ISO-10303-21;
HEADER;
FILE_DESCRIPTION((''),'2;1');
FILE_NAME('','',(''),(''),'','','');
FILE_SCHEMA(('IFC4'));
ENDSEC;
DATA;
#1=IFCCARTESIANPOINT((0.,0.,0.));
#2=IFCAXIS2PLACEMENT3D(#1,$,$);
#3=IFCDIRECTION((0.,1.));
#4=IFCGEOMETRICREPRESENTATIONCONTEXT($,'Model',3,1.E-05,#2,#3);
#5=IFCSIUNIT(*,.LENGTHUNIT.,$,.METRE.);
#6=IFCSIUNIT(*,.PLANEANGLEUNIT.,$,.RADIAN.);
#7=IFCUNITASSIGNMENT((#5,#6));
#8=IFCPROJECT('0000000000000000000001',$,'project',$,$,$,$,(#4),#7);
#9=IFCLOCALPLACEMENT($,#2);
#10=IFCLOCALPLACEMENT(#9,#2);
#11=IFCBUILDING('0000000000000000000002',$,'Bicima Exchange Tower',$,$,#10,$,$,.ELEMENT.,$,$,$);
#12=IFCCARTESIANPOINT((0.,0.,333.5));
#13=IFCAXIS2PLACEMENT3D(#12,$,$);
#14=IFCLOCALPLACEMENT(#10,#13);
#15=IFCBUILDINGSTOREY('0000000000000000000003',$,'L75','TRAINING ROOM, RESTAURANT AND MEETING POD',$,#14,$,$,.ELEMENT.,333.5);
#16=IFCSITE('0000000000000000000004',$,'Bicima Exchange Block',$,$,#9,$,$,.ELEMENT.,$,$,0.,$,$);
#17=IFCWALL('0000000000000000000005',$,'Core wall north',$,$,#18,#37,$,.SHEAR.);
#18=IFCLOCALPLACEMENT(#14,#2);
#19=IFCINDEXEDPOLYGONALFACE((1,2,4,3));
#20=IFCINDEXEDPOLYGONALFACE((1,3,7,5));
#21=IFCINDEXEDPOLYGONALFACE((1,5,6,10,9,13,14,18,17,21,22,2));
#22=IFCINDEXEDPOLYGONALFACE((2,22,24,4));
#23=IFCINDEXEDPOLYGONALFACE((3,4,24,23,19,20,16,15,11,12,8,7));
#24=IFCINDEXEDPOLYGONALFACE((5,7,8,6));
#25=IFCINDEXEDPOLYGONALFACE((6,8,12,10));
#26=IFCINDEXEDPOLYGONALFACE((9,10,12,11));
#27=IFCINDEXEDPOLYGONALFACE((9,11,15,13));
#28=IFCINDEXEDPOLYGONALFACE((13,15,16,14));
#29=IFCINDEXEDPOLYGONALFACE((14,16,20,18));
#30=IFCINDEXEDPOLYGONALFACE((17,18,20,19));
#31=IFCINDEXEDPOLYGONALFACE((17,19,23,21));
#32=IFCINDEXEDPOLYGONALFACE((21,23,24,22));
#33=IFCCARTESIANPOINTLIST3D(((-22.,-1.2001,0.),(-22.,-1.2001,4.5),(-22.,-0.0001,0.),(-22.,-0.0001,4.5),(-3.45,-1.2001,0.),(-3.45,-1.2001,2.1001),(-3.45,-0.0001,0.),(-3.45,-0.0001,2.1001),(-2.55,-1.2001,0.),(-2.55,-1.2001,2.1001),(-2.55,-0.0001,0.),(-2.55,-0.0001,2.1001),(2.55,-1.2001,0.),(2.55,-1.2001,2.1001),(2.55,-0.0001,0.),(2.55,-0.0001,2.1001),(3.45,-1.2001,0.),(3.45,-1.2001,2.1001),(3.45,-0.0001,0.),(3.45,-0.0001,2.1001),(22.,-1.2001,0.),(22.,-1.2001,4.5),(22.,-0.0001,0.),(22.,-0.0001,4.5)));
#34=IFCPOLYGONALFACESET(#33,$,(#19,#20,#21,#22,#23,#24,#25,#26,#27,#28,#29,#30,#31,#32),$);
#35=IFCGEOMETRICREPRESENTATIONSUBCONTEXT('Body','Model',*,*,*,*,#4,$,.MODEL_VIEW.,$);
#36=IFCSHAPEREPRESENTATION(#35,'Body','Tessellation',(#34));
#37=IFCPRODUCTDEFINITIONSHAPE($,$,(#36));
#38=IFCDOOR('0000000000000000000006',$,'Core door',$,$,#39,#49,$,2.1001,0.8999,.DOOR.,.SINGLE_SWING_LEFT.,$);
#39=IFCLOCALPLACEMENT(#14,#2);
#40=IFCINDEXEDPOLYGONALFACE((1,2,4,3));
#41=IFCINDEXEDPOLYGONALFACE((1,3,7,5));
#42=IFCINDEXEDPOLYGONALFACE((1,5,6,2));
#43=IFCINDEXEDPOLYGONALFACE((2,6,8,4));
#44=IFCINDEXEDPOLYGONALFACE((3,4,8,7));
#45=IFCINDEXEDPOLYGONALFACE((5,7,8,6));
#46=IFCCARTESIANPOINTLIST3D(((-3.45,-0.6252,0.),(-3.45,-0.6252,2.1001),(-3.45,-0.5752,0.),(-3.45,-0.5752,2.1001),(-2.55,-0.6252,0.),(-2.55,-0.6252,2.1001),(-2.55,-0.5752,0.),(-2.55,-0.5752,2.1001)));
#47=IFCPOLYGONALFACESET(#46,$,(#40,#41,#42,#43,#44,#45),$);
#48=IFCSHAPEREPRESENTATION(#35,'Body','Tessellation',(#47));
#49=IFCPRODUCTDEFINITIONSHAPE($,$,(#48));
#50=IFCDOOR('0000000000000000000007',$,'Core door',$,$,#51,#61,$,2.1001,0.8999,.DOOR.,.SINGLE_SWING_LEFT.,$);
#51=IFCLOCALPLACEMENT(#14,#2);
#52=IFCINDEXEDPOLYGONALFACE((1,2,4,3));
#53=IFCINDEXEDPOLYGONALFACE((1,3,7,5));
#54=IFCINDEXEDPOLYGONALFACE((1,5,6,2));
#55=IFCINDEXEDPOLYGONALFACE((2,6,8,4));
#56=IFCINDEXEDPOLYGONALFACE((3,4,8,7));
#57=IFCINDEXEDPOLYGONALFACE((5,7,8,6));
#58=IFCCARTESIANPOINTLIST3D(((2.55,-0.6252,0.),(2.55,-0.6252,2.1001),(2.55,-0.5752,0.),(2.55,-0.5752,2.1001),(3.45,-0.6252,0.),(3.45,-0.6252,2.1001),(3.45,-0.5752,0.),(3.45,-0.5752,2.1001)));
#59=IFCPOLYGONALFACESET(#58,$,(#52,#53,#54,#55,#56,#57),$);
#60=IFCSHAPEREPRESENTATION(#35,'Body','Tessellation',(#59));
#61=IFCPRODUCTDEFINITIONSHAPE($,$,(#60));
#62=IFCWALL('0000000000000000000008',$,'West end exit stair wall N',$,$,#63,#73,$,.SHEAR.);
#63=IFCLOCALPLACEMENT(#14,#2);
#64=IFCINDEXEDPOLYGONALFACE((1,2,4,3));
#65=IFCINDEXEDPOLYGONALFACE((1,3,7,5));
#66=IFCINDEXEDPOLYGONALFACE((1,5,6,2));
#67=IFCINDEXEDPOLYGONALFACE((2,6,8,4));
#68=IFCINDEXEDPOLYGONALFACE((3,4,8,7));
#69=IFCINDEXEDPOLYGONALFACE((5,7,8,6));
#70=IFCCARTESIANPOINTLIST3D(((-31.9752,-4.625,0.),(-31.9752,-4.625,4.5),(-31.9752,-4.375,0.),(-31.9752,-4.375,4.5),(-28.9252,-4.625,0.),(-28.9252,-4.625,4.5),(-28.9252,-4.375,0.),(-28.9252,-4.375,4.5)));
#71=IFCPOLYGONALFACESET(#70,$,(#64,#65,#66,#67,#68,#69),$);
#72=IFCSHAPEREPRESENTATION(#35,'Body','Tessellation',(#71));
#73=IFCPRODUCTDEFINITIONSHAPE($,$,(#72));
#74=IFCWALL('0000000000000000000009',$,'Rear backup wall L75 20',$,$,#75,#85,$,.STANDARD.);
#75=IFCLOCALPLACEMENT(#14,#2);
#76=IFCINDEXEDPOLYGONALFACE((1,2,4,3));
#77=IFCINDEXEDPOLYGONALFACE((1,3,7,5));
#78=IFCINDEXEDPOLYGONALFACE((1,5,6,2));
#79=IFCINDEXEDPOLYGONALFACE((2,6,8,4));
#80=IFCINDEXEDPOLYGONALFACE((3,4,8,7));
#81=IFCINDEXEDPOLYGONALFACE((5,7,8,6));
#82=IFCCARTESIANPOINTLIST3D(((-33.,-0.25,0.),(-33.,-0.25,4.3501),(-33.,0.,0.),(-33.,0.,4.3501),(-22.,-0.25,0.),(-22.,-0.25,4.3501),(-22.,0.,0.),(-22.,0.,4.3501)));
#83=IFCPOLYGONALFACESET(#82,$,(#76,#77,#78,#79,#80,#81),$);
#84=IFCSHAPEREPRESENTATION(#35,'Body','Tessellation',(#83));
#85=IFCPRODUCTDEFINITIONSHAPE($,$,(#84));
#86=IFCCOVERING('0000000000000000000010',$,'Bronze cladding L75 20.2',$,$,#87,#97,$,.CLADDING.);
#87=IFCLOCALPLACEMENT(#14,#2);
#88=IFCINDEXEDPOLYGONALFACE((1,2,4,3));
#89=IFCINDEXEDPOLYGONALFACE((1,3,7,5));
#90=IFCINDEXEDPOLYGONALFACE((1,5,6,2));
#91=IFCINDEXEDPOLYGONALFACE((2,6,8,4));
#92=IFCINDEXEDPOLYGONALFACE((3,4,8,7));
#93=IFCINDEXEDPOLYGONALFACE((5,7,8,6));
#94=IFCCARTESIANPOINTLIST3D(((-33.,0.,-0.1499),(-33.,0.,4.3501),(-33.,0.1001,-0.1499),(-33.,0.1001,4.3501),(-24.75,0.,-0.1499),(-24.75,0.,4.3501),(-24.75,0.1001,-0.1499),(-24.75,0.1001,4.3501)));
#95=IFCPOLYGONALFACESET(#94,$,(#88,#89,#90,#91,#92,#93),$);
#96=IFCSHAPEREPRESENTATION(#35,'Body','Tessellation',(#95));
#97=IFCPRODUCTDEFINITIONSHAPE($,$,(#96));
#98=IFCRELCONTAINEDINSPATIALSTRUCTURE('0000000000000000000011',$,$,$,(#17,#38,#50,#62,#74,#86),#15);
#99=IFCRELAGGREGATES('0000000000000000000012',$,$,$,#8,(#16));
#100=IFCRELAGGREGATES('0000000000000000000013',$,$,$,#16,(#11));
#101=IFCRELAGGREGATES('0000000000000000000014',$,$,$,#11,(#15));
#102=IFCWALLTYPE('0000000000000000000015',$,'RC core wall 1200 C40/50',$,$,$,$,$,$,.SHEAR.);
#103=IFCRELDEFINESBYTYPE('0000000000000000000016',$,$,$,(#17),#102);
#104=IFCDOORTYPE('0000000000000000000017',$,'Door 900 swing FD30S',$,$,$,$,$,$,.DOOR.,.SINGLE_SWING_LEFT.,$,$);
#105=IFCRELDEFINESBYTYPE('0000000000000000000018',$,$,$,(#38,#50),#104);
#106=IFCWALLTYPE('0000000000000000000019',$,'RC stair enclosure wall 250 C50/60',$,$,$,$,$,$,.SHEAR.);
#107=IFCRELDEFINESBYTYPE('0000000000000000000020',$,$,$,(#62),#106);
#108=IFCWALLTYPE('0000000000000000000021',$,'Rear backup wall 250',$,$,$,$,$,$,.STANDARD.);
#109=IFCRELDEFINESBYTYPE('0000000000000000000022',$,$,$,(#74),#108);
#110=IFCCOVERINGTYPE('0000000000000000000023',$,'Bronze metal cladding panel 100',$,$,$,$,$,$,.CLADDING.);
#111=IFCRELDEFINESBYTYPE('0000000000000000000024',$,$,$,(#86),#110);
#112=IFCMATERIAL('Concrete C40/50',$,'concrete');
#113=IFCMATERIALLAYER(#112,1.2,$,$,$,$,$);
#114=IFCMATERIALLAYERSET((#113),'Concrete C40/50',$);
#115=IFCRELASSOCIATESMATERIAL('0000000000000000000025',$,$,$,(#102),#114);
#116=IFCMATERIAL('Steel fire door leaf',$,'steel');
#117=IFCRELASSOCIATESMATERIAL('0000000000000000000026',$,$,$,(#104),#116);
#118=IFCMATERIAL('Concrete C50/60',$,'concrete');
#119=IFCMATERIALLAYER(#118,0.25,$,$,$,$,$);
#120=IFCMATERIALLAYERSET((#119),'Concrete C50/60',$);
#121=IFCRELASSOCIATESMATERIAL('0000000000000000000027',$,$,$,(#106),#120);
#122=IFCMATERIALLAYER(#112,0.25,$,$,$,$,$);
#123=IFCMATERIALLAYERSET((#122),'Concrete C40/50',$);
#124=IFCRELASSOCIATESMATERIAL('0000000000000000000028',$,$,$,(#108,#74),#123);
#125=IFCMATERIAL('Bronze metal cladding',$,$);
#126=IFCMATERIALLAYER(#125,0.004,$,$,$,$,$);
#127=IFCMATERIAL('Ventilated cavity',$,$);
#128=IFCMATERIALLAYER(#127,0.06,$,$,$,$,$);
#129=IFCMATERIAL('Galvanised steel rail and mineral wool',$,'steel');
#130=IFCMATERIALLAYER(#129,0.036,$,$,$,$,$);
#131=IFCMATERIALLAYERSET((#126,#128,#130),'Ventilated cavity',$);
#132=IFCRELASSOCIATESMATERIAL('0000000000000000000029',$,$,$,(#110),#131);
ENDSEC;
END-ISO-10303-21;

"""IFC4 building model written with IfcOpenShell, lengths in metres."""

from ifc_helpers import new_model, si_unit, direction, frame, frame_2d, origin, origin_2d, place, context, subcontext, project, spatial, rectangle, extrude, material, layer, layer_set, layer_usage, type_object, element, fill, save


model = new_model("IFC4")

# Units and contexts
model_context = context("Model", 3, precision=1e-05, world=origin(), true_north=direction((0.0, 1.0)))
body_context = subcontext(model_context, "Body", "Model", "MODEL_VIEW")
ifc_project = project(units=[si_unit("LENGTHUNIT", "METRE"), si_unit("PLANEANGLEUNIT", "RADIAN")], contexts=[model_context])

# Site, building, storey
site_placement = place(None, origin())
site = spatial("IfcSite", under=ifc_project, at=site_placement, Name="Bicima Exchange Block", CompositionType="ELEMENT", RefElevation=0.0)
building_placement = place(site_placement, origin())
building = spatial("IfcBuilding", under=site, at=building_placement, Name="Bicima Exchange Tower", CompositionType="ELEMENT")
storey_placement = place(building_placement, frame((0.0, 0.0, 333.5)))
storey = spatial("IfcBuildingStorey", under=building, at=storey_placement, Name="L75", Description="TRAINING ROOM, RESTAURANT AND MEETING POD", CompositionType="ELEMENT", Elevation=333.5)

# Wall, openings, doors
ifc_material_1 = material(Name="Concrete C40/50", Category="concrete")
ifc_layer_1 = layer(ifc_material_1, 1.2)
ifc_layer_set_1 = layer_set([ifc_layer_1], Name="Concrete C40/50")
wall_type_1 = type_object("IfcWallType", Name="RC core wall 1200 C40/50", PredefinedType="SHEAR", material=ifc_layer_set_1)
wall_1_placement = place(storey_placement, frame((-22.0, -0.6001, 0.0), z_axis=(0.0, 0.0, 1.0), x_axis=(1.0, 0.0, 0.0)))
wall_1 = element("IfcWall", 1, at=wall_1_placement, inside=storey, type_object=wall_type_1, Name="Core wall north", PredefinedType="SHEAR", context=body_context, shape_type="SweptSolid", body=[
    extrude(rectangle(XDim=44.0, YDim=1.2, at=frame_2d((22.0, 0.0))), origin(), (0.0, 0.0, 1.0), 4.5),
])
opening_1_placement = place(wall_1_placement, frame((18.55, 0.0, 0.0)))
opening_1 = element("IfcOpeningElement", 2, at=opening_1_placement, cuts=wall_1, PredefinedType="OPENING", context=body_context, shape_type="SweptSolid", body=[
    extrude(rectangle(XDim=0.8999, YDim=2.1001, at=frame_2d((0.45, 1.05))), frame((0.0, 0.6118, 0.0), z_axis=(0.0, -1.0, 0.0), x_axis=(1.0, 0.0, 0.0)), (0.0, 0.0, 1.0), 1.2239),
])
opening_2_placement = place(wall_1_placement, frame((24.55, 0.0, 0.0)))
opening_2 = element("IfcOpeningElement", 3, at=opening_2_placement, cuts=wall_1, PredefinedType="OPENING", context=body_context, shape_type="SweptSolid", body=[
    extrude(rectangle(XDim=0.8999, YDim=2.1001, at=frame_2d((0.45, 1.05))), frame((0.0, 0.6118, 0.0), z_axis=(0.0, -1.0, 0.0), x_axis=(1.0, 0.0, 0.0)), (0.0, 0.0, 1.0), 1.2239),
])
ifc_material_2 = material(Name="Steel fire door leaf", Category="steel")
door_type = type_object("IfcDoorType", Name="Door 900 swing FD30S", OperationType="SINGLE_SWING_LEFT", PredefinedType="DOOR", material=ifc_material_2)
door_1_placement = place(opening_1_placement, origin())
door_1 = element("IfcDoor", 4, at=door_1_placement, inside=storey, type_object=door_type, Name="Core door", OperationType="SINGLE_SWING_LEFT", OverallHeight=2.1001, OverallWidth=0.8999, PredefinedType="DOOR", context=body_context, shape_type="SweptSolid", body=[
    extrude(rectangle(XDim=0.8999, YDim=2.1001, at=frame_2d((0.45, 1.05))), frame((0.0, 0.0249, 0.0), z_axis=(0.0, -1.0, 0.0), x_axis=(1.0, 0.0, 0.0)), (0.0, 0.0, 1.0), 0.05),
])
fill(opening_1, door_1)
door_2_placement = place(opening_2_placement, origin())
door_2 = element("IfcDoor", 5, at=door_2_placement, inside=storey, type_object=door_type, Name="Core door", OperationType="SINGLE_SWING_LEFT", OverallHeight=2.1001, OverallWidth=0.8999, PredefinedType="DOOR", context=body_context, shape_type="SweptSolid", body=[
    extrude(rectangle(XDim=0.8999, YDim=2.1001, at=frame_2d((0.45, 1.05))), frame((0.0, 0.0249, 0.0), z_axis=(0.0, -1.0, 0.0), x_axis=(1.0, 0.0, 0.0)), (0.0, 0.0, 1.0), 0.05),
])
fill(opening_2, door_2)

# Walls
ifc_material_3 = material(Name="Concrete C50/60", Category="concrete")
ifc_layer_2 = layer(ifc_material_3, 0.25)
ifc_layer_set_2 = layer_set([ifc_layer_2], Name="Concrete C50/60")
wall_type_2 = type_object("IfcWallType", Name="RC stair enclosure wall 250 C50/60", PredefinedType="SHEAR", material=ifc_layer_set_2)
wall_2_placement = place(storey_placement, frame((-31.9751, -4.5, 0.0), z_axis=(0.0, 0.0, 1.0), x_axis=(1.0, 0.0, 0.0)))
element("IfcWall", 6, at=wall_2_placement, inside=storey, type_object=wall_type_2, Name="West end exit stair wall N", PredefinedType="SHEAR", context=body_context, shape_type="SweptSolid", body=[
    extrude(rectangle(XDim=3.05, YDim=0.25, at=frame_2d((1.5249, 0.0))), origin(), (0.0, 0.0, 1.0), 4.5),
])
ifc_layer_3 = layer(ifc_material_1, 0.25)
ifc_layer_set_3 = layer_set([ifc_layer_3], Name="Concrete C40/50")
ifc_layer_usage = layer_usage(ifc_layer_set_3, "AXIS2", "POSITIVE", -0.125)
wall_type_3 = type_object("IfcWallType", Name="Rear backup wall 250", PredefinedType="STANDARD", material=ifc_layer_set_3)
wall_3_placement = place(storey_placement, frame((-22.0, -0.125, 0.0), z_axis=(0.0, 0.0, 1.0), x_axis=(-1.0, 0.0, 0.0)))
element("IfcWall", 7, at=wall_3_placement, inside=storey, type_object=wall_type_3, material=ifc_layer_usage, Name="Rear backup wall L75 20", PredefinedType="STANDARD", context=body_context, shape_type="SweptSolid", body=[
    extrude(rectangle(XDim=11.0, YDim=0.25, at=frame_2d((5.5, 0.0))), origin(), (0.0, 0.0, 1.0), 4.3501),
])

# Covering
ifc_material_4 = material(Name="Bronze metal cladding")
ifc_layer_4 = layer(ifc_material_4, 0.004)
ifc_material_5 = material(Name="Ventilated cavity")
ifc_layer_5 = layer(ifc_material_5, 0.06)
ifc_material_6 = material(Name="Galvanised steel rail and mineral wool", Category="steel")
ifc_layer_6 = layer(ifc_material_6, 0.036)
ifc_layer_set_4 = layer_set([ifc_layer_4, ifc_layer_5, ifc_layer_6], Name="Ventilated cavity")
covering_type = type_object("IfcCoveringType", Name="Bronze metal cladding panel 100", PredefinedType="CLADDING", material=ifc_layer_set_4)
covering_placement = place(storey_placement, frame((-28.875, 0.05, -0.1499), z_axis=(0.0, 0.0, 1.0), x_axis=(-1.0, 0.0, 0.0)))
element("IfcCovering", 8, at=covering_placement, inside=storey, type_object=covering_type, Name="Bronze cladding L75 20.2", PredefinedType="CLADDING", context=body_context, shape_type="SweptSolid", body=[
    extrude(rectangle(XDim=8.25, YDim=0.1001, at=origin_2d()), origin(), (0.0, 0.0, 1.0), 4.5),
])

save(model, "model.ifc")
